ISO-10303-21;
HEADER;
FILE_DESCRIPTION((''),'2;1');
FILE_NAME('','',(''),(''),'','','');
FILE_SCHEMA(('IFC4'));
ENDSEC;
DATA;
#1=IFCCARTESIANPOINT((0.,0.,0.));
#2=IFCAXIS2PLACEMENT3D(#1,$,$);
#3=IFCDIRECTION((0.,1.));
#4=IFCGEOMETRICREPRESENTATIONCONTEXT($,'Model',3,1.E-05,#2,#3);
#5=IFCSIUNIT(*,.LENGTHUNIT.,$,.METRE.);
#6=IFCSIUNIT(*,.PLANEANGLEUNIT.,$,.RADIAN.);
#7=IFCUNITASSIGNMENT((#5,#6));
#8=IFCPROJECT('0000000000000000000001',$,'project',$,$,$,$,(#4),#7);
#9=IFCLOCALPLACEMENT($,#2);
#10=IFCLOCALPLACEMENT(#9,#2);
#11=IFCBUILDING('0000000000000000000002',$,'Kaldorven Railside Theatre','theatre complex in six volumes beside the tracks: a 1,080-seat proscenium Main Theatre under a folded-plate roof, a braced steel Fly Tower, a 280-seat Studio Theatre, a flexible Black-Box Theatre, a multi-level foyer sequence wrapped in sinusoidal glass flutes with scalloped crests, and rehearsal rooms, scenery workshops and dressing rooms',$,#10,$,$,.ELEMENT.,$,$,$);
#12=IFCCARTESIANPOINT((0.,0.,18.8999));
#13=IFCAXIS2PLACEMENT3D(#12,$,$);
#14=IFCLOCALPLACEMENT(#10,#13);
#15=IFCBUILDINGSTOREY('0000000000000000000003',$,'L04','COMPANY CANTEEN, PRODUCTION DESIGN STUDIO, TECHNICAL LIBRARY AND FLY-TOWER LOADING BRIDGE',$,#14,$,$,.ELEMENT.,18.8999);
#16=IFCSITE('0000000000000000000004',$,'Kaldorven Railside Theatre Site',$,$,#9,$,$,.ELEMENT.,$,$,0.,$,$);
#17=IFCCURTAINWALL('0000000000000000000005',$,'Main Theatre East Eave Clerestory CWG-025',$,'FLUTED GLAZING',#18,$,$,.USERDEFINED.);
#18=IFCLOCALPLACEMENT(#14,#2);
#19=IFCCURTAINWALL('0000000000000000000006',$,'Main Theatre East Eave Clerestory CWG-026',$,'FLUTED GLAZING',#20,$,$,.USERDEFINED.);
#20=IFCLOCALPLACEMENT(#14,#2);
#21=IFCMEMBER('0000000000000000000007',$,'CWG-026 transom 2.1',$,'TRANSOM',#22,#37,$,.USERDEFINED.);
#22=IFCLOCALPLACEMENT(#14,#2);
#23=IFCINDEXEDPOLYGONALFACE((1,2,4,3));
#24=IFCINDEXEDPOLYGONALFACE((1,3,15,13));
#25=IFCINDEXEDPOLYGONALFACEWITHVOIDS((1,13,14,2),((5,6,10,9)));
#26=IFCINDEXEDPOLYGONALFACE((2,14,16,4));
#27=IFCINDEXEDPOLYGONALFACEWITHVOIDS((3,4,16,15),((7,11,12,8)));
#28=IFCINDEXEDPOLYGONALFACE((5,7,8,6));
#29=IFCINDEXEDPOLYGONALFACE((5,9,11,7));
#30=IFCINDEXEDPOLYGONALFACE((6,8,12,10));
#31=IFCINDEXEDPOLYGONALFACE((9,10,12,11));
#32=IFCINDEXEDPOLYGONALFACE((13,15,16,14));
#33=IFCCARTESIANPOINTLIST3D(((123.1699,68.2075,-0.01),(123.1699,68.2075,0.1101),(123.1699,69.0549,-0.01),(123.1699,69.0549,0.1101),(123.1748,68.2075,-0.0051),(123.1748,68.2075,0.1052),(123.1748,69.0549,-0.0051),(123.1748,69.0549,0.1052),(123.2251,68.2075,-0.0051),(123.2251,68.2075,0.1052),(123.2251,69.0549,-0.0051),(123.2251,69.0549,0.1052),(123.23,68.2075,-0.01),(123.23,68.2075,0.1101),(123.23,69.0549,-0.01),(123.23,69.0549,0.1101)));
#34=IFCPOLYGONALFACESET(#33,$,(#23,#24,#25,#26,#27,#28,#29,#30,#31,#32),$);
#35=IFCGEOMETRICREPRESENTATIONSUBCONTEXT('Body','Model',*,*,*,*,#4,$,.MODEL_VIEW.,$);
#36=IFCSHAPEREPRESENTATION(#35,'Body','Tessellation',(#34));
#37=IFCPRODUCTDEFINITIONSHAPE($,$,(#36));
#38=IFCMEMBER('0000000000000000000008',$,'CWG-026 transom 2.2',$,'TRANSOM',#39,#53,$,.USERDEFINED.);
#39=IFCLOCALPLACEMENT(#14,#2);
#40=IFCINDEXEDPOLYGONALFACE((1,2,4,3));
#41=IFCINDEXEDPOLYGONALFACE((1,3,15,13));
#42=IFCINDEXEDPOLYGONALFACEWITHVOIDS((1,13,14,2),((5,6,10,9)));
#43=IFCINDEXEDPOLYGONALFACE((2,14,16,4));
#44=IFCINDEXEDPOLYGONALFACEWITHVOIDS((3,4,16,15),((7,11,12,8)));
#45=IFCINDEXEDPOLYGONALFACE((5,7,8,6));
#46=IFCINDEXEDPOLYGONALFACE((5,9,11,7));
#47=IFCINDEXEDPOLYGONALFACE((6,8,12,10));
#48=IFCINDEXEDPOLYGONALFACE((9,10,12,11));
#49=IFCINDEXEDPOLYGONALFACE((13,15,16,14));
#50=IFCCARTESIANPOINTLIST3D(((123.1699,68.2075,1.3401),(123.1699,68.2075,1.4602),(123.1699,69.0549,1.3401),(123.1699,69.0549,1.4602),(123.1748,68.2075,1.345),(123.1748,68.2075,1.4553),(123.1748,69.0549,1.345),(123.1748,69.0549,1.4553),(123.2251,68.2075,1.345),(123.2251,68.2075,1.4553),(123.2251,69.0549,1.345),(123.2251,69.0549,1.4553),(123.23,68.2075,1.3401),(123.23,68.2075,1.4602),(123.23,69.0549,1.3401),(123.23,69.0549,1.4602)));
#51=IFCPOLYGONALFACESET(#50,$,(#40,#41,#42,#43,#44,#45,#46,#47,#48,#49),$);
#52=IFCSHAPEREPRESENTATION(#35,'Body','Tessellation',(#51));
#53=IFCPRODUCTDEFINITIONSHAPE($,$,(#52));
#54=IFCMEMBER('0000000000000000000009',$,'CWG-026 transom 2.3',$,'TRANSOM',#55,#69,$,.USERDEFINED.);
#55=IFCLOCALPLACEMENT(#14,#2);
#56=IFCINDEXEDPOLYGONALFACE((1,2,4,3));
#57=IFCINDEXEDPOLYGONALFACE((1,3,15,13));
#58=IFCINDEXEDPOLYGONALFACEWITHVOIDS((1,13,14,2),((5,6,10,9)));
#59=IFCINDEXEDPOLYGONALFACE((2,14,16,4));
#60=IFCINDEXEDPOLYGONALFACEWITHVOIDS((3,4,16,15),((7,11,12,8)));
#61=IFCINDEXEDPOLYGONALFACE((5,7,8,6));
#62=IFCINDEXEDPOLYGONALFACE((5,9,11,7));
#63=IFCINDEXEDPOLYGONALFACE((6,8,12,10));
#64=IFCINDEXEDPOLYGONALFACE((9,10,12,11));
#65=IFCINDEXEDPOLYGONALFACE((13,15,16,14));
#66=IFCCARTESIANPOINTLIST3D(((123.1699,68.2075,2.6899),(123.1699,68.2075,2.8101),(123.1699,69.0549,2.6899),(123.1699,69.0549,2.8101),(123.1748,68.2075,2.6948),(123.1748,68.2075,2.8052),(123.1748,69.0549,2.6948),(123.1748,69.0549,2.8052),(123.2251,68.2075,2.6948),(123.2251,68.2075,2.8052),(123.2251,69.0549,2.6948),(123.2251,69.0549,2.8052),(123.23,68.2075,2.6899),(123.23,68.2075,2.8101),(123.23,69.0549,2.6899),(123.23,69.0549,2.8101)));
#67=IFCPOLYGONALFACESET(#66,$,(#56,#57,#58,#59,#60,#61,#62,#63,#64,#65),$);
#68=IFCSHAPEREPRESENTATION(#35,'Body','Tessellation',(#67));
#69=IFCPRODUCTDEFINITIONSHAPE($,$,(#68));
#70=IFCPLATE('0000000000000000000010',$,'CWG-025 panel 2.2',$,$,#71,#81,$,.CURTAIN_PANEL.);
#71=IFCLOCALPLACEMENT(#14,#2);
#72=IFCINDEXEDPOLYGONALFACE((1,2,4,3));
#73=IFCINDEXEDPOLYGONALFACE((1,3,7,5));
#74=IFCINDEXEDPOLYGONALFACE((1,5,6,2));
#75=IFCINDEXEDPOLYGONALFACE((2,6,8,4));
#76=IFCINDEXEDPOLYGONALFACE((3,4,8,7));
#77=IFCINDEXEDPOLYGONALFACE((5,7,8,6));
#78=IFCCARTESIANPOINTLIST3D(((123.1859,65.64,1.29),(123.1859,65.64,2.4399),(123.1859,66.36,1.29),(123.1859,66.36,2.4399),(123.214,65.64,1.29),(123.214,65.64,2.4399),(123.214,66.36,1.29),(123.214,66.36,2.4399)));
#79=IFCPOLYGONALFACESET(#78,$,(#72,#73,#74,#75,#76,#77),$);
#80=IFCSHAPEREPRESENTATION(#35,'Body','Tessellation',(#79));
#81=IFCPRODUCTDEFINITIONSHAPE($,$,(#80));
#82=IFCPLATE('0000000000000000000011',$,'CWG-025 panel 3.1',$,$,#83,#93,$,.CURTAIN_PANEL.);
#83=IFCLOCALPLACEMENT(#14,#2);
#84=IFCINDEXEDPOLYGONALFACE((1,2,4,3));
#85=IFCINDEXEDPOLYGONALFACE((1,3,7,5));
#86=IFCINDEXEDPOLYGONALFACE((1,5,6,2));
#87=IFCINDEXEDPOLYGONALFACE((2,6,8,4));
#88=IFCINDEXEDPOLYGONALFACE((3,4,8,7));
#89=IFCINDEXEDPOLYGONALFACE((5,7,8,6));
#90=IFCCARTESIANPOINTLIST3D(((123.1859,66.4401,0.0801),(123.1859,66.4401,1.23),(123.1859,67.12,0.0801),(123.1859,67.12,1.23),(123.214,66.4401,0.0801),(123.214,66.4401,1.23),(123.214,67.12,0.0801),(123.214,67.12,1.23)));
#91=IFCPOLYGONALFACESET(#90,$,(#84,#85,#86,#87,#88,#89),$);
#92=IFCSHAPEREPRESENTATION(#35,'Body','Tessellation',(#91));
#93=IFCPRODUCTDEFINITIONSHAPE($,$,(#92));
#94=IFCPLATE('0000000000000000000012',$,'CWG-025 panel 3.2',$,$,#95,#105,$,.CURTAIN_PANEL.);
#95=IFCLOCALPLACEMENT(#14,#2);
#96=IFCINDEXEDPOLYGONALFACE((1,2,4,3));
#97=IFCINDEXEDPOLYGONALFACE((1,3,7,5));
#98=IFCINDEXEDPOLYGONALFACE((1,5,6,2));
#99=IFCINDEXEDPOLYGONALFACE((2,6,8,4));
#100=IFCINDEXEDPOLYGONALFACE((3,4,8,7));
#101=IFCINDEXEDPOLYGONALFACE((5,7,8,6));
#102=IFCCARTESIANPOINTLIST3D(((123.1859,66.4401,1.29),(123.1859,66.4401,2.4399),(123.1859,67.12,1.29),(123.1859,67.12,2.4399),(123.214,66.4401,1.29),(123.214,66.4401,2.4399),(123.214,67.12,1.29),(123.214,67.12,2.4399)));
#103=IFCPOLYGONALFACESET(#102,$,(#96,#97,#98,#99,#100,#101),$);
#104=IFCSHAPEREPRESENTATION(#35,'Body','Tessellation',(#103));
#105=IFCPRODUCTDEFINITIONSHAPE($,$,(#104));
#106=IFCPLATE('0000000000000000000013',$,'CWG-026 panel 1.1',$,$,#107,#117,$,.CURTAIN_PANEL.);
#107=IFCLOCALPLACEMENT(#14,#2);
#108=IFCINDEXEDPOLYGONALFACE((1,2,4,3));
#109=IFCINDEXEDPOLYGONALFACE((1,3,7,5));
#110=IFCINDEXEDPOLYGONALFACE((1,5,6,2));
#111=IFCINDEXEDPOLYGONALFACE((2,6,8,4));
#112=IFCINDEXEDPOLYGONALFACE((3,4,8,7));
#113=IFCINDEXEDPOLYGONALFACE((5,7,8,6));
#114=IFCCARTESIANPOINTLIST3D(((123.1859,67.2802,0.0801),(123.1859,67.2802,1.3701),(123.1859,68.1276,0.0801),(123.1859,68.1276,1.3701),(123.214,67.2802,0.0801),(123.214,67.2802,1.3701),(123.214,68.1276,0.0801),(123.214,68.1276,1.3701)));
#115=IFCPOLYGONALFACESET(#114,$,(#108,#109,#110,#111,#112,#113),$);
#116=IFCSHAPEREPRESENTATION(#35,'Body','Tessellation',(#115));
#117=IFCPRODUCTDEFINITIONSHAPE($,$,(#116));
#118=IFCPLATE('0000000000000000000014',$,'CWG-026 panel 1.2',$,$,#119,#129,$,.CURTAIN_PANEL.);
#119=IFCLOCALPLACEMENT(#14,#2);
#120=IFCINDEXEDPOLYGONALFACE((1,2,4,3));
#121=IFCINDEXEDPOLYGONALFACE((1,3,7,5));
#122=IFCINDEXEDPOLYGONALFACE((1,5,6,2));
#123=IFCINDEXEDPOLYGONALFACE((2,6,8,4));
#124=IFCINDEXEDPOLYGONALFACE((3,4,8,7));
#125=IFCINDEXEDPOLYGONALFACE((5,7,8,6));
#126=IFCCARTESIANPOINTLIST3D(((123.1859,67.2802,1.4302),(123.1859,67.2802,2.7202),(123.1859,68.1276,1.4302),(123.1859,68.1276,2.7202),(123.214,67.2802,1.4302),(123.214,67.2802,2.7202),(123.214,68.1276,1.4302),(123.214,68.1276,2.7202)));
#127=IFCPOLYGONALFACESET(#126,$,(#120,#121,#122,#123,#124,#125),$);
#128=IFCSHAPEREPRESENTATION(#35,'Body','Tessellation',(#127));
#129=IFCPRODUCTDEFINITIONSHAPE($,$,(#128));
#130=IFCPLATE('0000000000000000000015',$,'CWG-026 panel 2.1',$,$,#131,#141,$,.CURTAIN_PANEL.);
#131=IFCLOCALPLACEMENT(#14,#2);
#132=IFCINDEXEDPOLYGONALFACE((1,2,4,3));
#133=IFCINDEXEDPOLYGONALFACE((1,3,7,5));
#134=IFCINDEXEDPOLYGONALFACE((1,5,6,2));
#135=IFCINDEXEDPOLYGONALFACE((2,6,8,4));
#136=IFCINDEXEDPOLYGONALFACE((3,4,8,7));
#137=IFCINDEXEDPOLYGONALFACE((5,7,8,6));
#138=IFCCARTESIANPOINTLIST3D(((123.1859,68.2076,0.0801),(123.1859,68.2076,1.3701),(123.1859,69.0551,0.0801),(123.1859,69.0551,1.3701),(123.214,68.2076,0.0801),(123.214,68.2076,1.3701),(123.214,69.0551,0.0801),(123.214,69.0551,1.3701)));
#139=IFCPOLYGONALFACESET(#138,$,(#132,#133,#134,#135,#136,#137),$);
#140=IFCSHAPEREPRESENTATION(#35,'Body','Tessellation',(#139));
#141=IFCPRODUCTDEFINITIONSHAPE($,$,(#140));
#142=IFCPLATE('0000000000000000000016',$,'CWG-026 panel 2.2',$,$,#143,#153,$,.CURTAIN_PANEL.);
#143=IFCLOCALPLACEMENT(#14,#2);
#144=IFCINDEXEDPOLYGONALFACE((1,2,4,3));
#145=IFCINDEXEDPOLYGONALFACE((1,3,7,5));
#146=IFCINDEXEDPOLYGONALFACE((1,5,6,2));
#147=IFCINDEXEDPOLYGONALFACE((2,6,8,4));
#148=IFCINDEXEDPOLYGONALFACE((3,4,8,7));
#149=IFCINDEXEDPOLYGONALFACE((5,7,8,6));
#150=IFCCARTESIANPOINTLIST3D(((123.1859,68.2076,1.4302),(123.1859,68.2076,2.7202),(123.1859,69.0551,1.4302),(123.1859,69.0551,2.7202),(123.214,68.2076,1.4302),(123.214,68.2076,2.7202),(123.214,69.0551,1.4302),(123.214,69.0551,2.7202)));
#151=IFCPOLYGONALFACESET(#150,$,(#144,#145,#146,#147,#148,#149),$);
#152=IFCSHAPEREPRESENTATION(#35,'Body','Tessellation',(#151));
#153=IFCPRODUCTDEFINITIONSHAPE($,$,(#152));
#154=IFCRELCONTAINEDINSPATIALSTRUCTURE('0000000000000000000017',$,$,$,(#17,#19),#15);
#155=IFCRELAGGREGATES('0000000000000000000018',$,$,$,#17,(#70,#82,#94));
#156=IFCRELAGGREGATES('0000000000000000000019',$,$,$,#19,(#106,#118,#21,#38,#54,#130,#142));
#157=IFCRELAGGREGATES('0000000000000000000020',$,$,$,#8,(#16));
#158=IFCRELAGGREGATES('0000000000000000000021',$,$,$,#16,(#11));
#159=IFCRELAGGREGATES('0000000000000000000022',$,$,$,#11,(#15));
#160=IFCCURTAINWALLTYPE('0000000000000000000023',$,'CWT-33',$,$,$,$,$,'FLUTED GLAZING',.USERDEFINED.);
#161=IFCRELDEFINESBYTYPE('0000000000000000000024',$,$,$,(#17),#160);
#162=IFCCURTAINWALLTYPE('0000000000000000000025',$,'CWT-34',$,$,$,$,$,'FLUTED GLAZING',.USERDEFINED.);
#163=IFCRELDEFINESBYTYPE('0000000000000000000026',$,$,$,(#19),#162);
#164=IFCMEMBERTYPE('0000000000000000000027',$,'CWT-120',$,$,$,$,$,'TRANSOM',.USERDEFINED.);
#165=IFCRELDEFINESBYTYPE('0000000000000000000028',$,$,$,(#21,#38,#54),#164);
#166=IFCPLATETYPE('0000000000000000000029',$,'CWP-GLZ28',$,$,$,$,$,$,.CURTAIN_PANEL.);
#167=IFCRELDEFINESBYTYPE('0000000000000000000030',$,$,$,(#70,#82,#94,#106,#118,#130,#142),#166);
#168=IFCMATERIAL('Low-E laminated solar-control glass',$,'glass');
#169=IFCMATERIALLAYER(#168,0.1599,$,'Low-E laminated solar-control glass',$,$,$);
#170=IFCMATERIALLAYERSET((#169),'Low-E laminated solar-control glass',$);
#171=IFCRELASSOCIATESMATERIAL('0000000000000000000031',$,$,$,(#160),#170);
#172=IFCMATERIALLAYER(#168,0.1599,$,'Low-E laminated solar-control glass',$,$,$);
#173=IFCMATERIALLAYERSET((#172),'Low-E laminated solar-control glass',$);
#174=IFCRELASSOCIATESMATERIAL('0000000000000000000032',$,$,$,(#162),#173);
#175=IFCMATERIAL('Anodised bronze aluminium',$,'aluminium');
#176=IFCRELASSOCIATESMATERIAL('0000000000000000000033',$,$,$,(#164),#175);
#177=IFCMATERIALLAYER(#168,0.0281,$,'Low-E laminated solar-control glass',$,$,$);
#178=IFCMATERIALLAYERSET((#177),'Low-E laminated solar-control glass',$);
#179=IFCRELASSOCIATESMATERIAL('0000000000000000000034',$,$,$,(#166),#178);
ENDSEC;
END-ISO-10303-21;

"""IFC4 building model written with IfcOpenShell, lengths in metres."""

from ifc_helpers import new_model, si_unit, direction, frame, origin, origin_2d, place, context, subcontext, project, spatial, rectangle, hollow_rectangle, extrude, material, layer, layer_set, material_profile, profile_set, type_object, element, aggregate, save


model = new_model("IFC4")

# Units and contexts
model_context = context("Model", 3, precision=1e-05, world=origin(), true_north=direction((0.0, 1.0)))
body_context = subcontext(model_context, "Body", "Model", "MODEL_VIEW")
ifc_project = project(units=[si_unit("LENGTHUNIT", "METRE"), si_unit("PLANEANGLEUNIT", "RADIAN")], contexts=[model_context])

# Site, building, storey
site_placement = place(None, origin())
site = spatial("IfcSite", under=ifc_project, at=site_placement, Name="Kaldorven Railside Theatre Site", CompositionType="ELEMENT", RefElevation=0.0)
building_placement = place(site_placement, origin())
building = spatial("IfcBuilding", under=site, at=building_placement, Name="Kaldorven Railside Theatre", Description="theatre complex in six volumes beside the tracks: a 1,080-seat proscenium Main Theatre under a folded-plate roof, a braced steel Fly Tower, a 280-seat Studio Theatre, a flexible Black-Box Theatre, a multi-level foyer sequence wrapped in sinusoidal glass flutes with scalloped crests, and rehearsal rooms, scenery workshops and dressing rooms", CompositionType="ELEMENT")
storey_placement = place(building_placement, frame((0.0, 0.0, 18.8999)))
storey = spatial("IfcBuildingStorey", under=building, at=storey_placement, Name="L04", Description="COMPANY CANTEEN, PRODUCTION DESIGN STUDIO, TECHNICAL LIBRARY AND FLY-TOWER LOADING BRIDGE", CompositionType="ELEMENT", Elevation=18.8999)

# Curtain walls
ifc_material_1 = material(Name="Low-E laminated solar-control glass", Category="glass")
ifc_layer_1 = layer(ifc_material_1, 0.1599, Name="Low-E laminated solar-control glass")
ifc_layer_set_1 = layer_set([ifc_layer_1], Name="Low-E laminated solar-control glass")
curtain_wall_type_1 = type_object("IfcCurtainWallType", Name="CWT-33", ElementType="FLUTED GLAZING", PredefinedType="USERDEFINED", material=ifc_layer_set_1)
curtain_wall_1_placement = place(storey_placement, origin())
curtain_wall_1 = element("IfcCurtainWall", 1, at=curtain_wall_1_placement, inside=storey, type_object=curtain_wall_type_1, Name="Main Theatre East Eave Clerestory CWG-025", ObjectType="FLUTED GLAZING", PredefinedType="USERDEFINED")
ifc_material_2 = material(Name="Anodised bronze aluminium", Category="aluminium")
ifc_layer_2 = layer(ifc_material_1, 0.1599, Name="Low-E laminated solar-control glass")
ifc_layer_set_2 = layer_set([ifc_layer_2], Name="Low-E laminated solar-control glass")
curtain_wall_type_2 = type_object("IfcCurtainWallType", Name="CWT-34", ElementType="FLUTED GLAZING", PredefinedType="USERDEFINED", material=ifc_layer_set_2)
curtain_wall_2_placement = place(storey_placement, origin())
curtain_wall_2 = element("IfcCurtainWall", 2, at=curtain_wall_2_placement, inside=storey, type_object=curtain_wall_type_2, Name="Main Theatre East Eave Clerestory CWG-026", ObjectType="FLUTED GLAZING", PredefinedType="USERDEFINED")

# Members
ifc_material_profile_1 = material_profile(ifc_material_2, hollow_rectangle(XDim=0.0601, YDim=0.1201, WallThickness=0.0049, at=origin_2d()), Name="RHS 120x60x5")
ifc_profile_set_1 = profile_set([ifc_material_profile_1], Name="Anodised bronze aluminium")
member_type_1 = type_object("IfcMemberType", Name="CWT-120", ElementType="TRANSOM", PredefinedType="USERDEFINED", material=ifc_profile_set_1)
member_1_placement = place(storey_placement, frame((123.2, 68.2075, 0.05), z_axis=(0.0, 1.0, 0.0), x_axis=(-1.0, 0.0, 0.0)))
member_1 = element("IfcMember", 3, at=member_1_placement, type_object=member_type_1, Name="CWG-026 transom 2.1", ObjectType="TRANSOM", PredefinedType="USERDEFINED", context=body_context, shape_type="SweptSolid", body=[
    extrude(hollow_rectangle(XDim=0.0601, YDim=0.1201, WallThickness=0.0049, at=origin_2d()), origin(), (0.0, 0.0, 1.0), 0.8474),
])
member_2_placement = place(storey_placement, frame((123.2, 68.2075, 1.4001), z_axis=(0.0, 1.0, 0.0), x_axis=(-1.0, 0.0, 0.0)))
member_2 = element("IfcMember", 4, at=member_2_placement, type_object=member_type_1, Name="CWG-026 transom 2.2", ObjectType="TRANSOM", PredefinedType="USERDEFINED", context=body_context, shape_type="SweptSolid", body=[
    extrude(hollow_rectangle(XDim=0.0601, YDim=0.1201, WallThickness=0.0049, at=origin_2d()), origin(), (0.0, 0.0, 1.0), 0.8474),
])
member_3_placement = place(storey_placement, frame((123.2, 68.2075, 2.75), z_axis=(0.0, 1.0, 0.0), x_axis=(-1.0, 0.0, 0.0)))
member_3 = element("IfcMember", 5, at=member_3_placement, type_object=member_type_1, Name="CWG-026 transom 2.3", ObjectType="TRANSOM", PredefinedType="USERDEFINED", context=body_context, shape_type="SweptSolid", body=[
    extrude(hollow_rectangle(XDim=0.0601, YDim=0.1201, WallThickness=0.0049, at=origin_2d()), origin(), (0.0, 0.0, 1.0), 0.8474),
])

# Plates
ifc_layer_3 = layer(ifc_material_1, 0.0281, Name="Low-E laminated solar-control glass")
ifc_layer_set_3 = layer_set([ifc_layer_3], Name="Low-E laminated solar-control glass")
plate_type = type_object("IfcPlateType", Name="CWP-GLZ28", PredefinedType="CURTAIN_PANEL", material=ifc_layer_set_3)
plate_1_placement = place(storey_placement, frame((123.2, 66.0, 1.29), z_axis=(0.0, 0.0, 1.0), x_axis=(0.0, 1.0, 0.0)))
plate_1 = element("IfcPlate", 6, at=plate_1_placement, type_object=plate_type, Name="CWG-025 panel 2.2", PredefinedType="CURTAIN_PANEL", context=body_context, shape_type="SweptSolid", body=[
    extrude(rectangle(XDim=0.72, YDim=0.0281, at=origin_2d()), origin(), (0.0, 0.0, 1.0), 1.1499),
])
plate_2_placement = place(storey_placement, frame((123.2, 66.78, 0.0801), z_axis=(0.0, 0.0, 1.0), x_axis=(0.0, 1.0, 0.0)))
plate_2 = element("IfcPlate", 7, at=plate_2_placement, type_object=plate_type, Name="CWG-025 panel 3.1", PredefinedType="CURTAIN_PANEL", context=body_context, shape_type="SweptSolid", body=[
    extrude(rectangle(XDim=0.6799, YDim=0.0281, at=origin_2d()), origin(), (0.0, 0.0, 1.0), 1.1499),
])
plate_3_placement = place(storey_placement, frame((123.2, 66.78, 1.29), z_axis=(0.0, 0.0, 1.0), x_axis=(0.0, 1.0, 0.0)))
plate_3 = element("IfcPlate", 8, at=plate_3_placement, type_object=plate_type, Name="CWG-025 panel 3.2", PredefinedType="CURTAIN_PANEL", context=body_context, shape_type="SweptSolid", body=[
    extrude(rectangle(XDim=0.6799, YDim=0.0281, at=origin_2d()), origin(), (0.0, 0.0, 1.0), 1.1499),
])
aggregate(curtain_wall_1, [plate_1, plate_2, plate_3])
plate_4_placement = place(storey_placement, frame((123.2, 67.7039, 0.0801), z_axis=(0.0, 0.0, 1.0), x_axis=(0.0, 1.0, 0.0)))
plate_4 = element("IfcPlate", 9, at=plate_4_placement, type_object=plate_type, Name="CWG-026 panel 1.1", PredefinedType="CURTAIN_PANEL", context=body_context, shape_type="SweptSolid", body=[
    extrude(rectangle(XDim=0.8474, YDim=0.0281, at=origin_2d()), origin(), (0.0, 0.0, 1.0), 1.29),
])
plate_5_placement = place(storey_placement, frame((123.2, 67.7039, 1.4302), z_axis=(0.0, 0.0, 1.0), x_axis=(0.0, 1.0, 0.0)))
plate_5 = element("IfcPlate", 10, at=plate_5_placement, type_object=plate_type, Name="CWG-026 panel 1.2", PredefinedType="CURTAIN_PANEL", context=body_context, shape_type="SweptSolid", body=[
    extrude(rectangle(XDim=0.8474, YDim=0.0281, at=origin_2d()), origin(), (0.0, 0.0, 1.0), 1.29),
])
plate_6_placement = place(storey_placement, frame((123.2, 68.6313, 0.0801), z_axis=(0.0, 0.0, 1.0), x_axis=(0.0, 1.0, 0.0)))
plate_6 = element("IfcPlate", 11, at=plate_6_placement, type_object=plate_type, Name="CWG-026 panel 2.1", PredefinedType="CURTAIN_PANEL", context=body_context, shape_type="SweptSolid", body=[
    extrude(rectangle(XDim=0.8474, YDim=0.0281, at=origin_2d()), origin(), (0.0, 0.0, 1.0), 1.29),
])
plate_7_placement = place(storey_placement, frame((123.2, 68.6313, 1.4302), z_axis=(0.0, 0.0, 1.0), x_axis=(0.0, 1.0, 0.0)))
plate_7 = element("IfcPlate", 12, at=plate_7_placement, type_object=plate_type, Name="CWG-026 panel 2.2", PredefinedType="CURTAIN_PANEL", context=body_context, shape_type="SweptSolid", body=[
    extrude(rectangle(XDim=0.8474, YDim=0.0281, at=origin_2d()), origin(), (0.0, 0.0, 1.0), 1.29),
])
aggregate(curtain_wall_2, [plate_4, plate_5, member_1, member_2, member_3, plate_6, plate_7])

save(model, "model.ifc")
